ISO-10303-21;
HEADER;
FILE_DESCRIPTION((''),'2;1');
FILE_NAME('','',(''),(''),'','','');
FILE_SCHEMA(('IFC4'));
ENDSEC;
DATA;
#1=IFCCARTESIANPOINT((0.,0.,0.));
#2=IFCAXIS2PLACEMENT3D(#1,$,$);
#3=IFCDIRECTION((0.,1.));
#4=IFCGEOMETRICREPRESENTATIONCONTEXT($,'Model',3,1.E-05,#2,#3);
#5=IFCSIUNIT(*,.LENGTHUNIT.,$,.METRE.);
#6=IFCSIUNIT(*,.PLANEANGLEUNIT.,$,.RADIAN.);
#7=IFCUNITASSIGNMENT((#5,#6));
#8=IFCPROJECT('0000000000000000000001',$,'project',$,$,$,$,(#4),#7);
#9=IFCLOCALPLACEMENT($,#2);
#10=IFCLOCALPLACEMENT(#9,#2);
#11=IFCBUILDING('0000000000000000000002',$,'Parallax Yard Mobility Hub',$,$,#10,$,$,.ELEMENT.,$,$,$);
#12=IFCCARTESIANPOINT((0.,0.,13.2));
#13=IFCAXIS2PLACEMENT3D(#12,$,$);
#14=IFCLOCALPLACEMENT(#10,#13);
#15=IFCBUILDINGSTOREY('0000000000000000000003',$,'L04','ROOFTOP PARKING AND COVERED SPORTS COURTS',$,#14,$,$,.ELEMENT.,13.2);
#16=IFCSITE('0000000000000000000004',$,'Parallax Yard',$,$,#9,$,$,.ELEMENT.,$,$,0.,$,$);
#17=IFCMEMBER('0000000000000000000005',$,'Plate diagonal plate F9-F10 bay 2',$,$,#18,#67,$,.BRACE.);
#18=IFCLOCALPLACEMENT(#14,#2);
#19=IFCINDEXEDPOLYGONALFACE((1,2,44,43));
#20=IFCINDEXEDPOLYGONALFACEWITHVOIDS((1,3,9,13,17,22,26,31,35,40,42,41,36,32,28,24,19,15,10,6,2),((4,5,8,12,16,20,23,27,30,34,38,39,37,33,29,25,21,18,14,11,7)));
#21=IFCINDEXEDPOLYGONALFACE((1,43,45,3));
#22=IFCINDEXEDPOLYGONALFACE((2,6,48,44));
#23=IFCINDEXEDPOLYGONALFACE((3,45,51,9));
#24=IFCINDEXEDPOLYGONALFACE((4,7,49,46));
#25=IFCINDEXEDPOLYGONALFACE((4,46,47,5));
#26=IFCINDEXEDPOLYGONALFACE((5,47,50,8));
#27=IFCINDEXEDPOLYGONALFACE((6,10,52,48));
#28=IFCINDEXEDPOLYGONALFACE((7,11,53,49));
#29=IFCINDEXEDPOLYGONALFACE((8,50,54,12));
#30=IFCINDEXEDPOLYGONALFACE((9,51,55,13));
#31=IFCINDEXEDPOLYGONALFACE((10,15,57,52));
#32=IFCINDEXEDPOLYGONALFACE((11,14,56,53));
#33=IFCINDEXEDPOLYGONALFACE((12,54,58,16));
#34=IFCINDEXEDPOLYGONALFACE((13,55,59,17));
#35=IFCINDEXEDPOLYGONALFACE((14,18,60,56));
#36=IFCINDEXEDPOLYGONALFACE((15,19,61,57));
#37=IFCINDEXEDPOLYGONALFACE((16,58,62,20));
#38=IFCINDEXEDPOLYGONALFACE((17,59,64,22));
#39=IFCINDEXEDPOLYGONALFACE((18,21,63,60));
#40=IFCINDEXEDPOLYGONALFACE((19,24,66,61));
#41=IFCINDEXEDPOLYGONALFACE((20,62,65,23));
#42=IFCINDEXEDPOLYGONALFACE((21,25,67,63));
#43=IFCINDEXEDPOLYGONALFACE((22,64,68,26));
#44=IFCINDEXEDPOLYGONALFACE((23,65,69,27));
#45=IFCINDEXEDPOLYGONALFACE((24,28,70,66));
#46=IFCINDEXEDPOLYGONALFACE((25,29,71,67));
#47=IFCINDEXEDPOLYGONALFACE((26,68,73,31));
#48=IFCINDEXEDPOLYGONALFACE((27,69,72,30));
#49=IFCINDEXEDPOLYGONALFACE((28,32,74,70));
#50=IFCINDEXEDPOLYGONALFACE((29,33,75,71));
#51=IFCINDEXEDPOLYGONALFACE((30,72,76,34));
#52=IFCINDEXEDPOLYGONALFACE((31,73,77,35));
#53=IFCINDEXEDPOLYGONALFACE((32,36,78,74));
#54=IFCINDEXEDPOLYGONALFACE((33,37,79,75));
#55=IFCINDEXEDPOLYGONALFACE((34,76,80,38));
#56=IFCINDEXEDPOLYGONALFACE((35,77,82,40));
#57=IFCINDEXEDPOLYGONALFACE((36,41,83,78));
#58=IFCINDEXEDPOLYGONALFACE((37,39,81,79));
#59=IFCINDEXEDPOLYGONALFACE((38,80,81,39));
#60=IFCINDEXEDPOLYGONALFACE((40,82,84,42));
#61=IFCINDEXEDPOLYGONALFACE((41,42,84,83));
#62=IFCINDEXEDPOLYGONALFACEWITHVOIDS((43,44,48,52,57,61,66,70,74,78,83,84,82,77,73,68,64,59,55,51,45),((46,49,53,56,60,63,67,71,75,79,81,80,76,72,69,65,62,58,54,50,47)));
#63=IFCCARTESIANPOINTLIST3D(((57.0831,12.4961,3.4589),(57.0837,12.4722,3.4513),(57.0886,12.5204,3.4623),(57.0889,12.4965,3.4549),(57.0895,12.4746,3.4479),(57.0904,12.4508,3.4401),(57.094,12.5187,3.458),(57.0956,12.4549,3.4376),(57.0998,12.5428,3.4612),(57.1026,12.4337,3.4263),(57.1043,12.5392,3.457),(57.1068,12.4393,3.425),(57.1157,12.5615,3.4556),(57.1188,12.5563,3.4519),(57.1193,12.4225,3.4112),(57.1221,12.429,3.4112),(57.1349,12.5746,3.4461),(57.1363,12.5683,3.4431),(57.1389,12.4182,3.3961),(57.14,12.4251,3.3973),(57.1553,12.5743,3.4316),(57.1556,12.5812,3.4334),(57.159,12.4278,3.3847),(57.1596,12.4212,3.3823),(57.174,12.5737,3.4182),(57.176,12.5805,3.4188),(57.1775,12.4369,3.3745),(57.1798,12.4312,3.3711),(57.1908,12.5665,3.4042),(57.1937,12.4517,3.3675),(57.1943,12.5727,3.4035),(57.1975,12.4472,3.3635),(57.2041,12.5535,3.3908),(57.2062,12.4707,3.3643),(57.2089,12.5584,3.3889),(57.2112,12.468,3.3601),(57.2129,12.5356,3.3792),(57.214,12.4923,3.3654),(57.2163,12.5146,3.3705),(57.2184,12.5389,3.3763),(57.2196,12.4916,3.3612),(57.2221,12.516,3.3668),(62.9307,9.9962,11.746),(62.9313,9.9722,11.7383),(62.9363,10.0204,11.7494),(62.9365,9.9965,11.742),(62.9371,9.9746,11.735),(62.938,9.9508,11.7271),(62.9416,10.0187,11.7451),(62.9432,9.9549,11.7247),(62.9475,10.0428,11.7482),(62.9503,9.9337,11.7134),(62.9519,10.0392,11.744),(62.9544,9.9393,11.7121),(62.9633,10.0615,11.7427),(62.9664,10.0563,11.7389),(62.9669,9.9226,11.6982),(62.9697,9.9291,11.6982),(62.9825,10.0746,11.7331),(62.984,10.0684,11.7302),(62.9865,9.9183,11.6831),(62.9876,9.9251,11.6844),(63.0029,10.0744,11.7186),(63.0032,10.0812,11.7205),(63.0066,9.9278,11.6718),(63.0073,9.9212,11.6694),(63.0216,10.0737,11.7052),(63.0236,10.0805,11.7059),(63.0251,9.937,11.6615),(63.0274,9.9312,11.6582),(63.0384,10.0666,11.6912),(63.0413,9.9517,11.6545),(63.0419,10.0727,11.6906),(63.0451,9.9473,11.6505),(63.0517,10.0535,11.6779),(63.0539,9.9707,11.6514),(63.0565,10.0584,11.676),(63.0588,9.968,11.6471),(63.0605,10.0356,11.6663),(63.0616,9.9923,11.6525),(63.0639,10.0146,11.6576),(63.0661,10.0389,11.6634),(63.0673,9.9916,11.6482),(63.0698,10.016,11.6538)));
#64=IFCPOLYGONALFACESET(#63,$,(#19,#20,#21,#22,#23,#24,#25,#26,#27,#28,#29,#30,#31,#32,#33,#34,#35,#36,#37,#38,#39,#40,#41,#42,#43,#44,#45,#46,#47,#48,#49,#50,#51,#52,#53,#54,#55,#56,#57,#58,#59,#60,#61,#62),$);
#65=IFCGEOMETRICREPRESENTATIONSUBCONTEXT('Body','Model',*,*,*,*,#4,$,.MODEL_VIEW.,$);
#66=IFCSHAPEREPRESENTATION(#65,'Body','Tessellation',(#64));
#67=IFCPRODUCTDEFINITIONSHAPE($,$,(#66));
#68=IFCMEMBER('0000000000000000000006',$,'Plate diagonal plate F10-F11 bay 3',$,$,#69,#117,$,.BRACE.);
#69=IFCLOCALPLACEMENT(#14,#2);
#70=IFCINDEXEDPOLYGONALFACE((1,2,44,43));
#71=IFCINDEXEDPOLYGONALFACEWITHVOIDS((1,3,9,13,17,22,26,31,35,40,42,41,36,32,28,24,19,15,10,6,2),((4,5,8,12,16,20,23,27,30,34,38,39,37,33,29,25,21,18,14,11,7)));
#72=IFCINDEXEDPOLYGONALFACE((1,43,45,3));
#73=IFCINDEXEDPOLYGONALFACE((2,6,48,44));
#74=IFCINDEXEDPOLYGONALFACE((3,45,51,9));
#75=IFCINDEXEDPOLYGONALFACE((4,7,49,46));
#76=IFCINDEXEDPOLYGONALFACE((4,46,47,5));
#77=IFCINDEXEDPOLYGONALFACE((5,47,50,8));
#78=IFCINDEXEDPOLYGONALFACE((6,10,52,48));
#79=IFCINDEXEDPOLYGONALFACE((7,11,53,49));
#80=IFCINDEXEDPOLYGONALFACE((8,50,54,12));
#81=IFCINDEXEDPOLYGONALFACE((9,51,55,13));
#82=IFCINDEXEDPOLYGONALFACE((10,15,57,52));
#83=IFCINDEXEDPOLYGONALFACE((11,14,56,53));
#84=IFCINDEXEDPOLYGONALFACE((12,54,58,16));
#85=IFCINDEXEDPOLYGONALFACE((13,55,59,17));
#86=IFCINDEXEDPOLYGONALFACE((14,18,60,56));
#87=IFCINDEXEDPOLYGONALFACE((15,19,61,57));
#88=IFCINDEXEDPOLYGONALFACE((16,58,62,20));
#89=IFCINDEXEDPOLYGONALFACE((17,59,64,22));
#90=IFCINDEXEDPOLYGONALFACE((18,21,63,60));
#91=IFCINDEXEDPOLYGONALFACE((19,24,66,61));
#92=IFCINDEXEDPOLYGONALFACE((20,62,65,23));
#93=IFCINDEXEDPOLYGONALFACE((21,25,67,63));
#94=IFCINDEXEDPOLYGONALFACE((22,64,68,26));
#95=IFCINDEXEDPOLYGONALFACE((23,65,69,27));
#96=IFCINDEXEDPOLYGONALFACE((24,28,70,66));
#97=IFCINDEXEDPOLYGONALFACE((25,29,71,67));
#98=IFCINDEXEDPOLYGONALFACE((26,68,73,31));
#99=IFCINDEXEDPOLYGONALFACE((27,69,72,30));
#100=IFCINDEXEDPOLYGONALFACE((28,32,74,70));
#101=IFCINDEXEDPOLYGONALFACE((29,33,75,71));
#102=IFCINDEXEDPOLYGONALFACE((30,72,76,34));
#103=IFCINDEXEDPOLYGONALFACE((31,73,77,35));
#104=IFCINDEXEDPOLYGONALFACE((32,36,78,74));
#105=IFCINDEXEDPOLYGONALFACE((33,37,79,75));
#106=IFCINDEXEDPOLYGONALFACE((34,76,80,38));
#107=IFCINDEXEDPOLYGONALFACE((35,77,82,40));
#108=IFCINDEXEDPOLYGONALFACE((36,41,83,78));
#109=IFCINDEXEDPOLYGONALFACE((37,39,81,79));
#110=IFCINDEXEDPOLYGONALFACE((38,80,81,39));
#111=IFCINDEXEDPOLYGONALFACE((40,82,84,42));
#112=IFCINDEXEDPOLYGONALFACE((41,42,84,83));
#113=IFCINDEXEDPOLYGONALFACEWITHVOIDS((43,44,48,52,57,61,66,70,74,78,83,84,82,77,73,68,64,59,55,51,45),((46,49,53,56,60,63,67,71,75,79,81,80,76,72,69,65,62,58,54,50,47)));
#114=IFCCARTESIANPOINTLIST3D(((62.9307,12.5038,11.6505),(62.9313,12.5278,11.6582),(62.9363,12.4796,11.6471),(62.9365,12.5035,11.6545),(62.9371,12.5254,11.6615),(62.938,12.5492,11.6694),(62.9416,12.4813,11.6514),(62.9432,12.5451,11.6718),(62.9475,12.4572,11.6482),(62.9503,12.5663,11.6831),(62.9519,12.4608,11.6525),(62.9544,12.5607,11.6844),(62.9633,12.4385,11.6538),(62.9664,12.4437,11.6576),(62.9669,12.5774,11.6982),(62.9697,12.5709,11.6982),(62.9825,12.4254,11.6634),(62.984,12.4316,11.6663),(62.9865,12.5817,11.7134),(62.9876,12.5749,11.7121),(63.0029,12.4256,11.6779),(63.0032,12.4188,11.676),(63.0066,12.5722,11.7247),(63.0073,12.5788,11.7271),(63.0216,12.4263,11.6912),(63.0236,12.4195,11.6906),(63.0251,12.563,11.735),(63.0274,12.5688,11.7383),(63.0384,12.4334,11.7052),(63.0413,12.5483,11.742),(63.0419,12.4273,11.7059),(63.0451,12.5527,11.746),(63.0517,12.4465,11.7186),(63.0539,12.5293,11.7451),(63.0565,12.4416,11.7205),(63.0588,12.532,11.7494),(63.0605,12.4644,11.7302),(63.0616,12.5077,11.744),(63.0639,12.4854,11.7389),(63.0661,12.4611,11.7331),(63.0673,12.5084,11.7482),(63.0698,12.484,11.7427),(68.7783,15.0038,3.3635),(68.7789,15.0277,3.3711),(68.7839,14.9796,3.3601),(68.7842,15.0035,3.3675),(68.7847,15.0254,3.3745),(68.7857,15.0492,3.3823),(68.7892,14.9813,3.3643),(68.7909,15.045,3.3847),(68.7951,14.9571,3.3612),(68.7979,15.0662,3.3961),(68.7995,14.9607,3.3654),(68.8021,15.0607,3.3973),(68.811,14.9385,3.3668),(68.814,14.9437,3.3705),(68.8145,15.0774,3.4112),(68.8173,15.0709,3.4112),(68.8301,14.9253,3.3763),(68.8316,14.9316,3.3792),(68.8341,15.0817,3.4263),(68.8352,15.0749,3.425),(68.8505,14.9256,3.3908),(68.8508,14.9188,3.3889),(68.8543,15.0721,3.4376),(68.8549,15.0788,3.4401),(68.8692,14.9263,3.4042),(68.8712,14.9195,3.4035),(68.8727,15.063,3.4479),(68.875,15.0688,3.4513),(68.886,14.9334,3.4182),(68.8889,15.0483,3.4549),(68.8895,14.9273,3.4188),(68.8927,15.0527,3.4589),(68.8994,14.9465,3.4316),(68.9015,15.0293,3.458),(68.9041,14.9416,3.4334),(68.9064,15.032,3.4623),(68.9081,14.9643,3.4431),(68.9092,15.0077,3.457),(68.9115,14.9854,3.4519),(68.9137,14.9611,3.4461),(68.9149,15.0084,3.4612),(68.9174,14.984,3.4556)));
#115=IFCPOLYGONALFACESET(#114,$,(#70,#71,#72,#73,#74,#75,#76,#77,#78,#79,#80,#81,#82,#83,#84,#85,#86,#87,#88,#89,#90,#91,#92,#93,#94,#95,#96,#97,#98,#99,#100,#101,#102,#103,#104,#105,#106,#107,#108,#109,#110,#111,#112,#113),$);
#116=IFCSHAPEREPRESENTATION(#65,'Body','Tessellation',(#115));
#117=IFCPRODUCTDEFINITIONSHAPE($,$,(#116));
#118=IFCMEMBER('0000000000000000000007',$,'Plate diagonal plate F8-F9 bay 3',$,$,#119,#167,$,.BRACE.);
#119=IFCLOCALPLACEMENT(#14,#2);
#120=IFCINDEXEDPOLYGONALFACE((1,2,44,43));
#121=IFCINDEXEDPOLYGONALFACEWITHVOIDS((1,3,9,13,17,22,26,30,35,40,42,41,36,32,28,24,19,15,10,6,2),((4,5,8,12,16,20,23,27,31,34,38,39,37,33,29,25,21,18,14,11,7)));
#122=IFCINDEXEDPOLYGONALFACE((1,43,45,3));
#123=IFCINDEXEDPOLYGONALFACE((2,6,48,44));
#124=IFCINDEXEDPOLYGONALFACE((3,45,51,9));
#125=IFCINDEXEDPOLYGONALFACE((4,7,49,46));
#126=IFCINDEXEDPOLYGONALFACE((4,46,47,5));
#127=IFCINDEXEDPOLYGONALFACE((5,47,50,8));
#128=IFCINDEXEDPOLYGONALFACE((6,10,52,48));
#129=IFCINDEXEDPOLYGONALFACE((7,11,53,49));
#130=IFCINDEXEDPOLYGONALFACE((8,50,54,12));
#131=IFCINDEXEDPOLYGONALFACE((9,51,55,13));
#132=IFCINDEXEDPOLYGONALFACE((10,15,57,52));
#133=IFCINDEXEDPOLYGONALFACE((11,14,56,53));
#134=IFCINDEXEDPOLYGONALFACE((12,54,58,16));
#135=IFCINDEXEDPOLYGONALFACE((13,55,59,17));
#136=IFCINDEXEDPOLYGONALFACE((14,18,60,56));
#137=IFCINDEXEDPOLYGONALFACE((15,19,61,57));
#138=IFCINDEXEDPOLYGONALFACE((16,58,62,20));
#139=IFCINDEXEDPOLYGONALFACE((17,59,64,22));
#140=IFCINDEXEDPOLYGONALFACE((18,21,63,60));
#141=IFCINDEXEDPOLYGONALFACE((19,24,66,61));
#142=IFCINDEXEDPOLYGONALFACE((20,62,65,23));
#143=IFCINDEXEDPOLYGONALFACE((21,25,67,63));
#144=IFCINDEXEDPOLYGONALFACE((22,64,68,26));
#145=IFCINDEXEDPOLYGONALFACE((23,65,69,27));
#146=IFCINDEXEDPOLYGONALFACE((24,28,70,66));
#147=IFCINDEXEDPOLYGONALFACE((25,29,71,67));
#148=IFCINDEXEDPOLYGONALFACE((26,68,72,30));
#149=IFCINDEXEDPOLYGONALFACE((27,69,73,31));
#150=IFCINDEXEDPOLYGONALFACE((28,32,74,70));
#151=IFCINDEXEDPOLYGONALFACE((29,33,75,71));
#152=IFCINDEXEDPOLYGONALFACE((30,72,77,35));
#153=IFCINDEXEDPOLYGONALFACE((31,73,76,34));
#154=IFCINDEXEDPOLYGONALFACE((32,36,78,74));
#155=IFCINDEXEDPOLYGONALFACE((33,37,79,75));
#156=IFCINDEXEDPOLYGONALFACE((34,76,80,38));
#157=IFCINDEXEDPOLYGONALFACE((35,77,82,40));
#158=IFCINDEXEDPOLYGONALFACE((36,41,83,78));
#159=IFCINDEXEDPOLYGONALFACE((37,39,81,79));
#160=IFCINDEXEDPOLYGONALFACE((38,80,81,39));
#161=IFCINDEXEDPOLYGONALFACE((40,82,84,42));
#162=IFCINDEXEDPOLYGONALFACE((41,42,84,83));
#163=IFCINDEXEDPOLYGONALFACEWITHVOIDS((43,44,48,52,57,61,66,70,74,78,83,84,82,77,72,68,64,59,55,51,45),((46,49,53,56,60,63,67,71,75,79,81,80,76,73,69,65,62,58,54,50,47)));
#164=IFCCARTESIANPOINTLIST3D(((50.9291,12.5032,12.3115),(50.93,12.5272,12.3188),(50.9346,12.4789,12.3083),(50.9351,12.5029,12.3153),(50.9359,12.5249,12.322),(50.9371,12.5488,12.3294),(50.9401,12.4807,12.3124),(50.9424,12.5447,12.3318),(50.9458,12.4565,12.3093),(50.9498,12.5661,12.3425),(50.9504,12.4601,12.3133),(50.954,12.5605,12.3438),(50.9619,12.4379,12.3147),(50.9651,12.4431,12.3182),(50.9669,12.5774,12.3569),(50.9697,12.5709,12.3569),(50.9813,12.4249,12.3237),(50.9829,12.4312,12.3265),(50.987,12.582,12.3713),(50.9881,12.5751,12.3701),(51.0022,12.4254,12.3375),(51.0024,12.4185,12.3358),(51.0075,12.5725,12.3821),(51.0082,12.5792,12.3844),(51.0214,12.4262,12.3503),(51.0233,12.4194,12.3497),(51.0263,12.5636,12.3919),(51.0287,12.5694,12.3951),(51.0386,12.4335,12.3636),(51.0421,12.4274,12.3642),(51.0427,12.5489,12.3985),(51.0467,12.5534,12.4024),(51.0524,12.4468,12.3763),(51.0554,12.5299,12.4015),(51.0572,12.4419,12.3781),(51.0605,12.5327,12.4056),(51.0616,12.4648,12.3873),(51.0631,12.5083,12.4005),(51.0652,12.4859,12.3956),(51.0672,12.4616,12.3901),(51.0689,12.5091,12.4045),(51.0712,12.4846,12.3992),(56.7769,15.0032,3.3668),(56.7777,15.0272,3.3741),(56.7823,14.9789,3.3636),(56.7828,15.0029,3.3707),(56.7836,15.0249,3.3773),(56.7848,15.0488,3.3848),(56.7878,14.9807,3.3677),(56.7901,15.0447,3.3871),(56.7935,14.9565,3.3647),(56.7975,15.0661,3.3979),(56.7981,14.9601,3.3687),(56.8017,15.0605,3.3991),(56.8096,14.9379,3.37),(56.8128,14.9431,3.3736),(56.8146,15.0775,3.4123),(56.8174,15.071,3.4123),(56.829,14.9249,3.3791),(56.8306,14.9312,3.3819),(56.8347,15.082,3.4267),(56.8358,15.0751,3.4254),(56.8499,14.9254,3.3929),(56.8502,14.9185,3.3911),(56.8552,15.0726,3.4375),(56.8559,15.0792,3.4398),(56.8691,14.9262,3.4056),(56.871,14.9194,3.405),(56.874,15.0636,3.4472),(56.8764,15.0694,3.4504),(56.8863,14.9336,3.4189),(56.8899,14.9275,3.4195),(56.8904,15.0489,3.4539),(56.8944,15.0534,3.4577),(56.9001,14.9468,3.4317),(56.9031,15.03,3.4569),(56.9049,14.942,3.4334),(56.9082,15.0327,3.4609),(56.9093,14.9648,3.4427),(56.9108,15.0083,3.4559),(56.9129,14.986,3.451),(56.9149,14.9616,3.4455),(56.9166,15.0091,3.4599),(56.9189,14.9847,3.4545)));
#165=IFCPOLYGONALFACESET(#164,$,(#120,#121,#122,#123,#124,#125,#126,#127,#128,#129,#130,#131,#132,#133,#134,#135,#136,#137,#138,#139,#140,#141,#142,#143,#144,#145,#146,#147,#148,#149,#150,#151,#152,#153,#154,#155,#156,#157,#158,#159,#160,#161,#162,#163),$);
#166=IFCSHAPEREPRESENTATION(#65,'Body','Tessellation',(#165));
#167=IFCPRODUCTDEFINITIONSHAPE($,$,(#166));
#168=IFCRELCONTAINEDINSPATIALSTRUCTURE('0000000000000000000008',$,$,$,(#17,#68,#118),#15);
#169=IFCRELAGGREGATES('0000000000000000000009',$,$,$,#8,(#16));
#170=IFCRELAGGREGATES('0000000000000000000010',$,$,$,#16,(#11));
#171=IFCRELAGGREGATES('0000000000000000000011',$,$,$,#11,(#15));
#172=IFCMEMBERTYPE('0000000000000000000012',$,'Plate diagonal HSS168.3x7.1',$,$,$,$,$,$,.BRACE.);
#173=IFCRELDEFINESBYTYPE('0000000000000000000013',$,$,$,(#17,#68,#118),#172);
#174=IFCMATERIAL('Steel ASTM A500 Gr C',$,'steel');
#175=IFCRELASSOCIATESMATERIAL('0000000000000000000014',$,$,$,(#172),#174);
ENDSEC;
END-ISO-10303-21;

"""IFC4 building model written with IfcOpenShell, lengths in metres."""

from ifc_helpers import new_model, si_unit, direction, frame, origin, origin_2d, place, context, subcontext, project, spatial, hollow_circle, extrude, material, material_profile, profile_set, type_object, element, save


model = new_model("IFC4")

# Units and contexts
model_context = context("Model", 3, precision=1e-05, world=origin(), true_north=direction((0.0, 1.0)))
body_context = subcontext(model_context, "Body", "Model", "MODEL_VIEW")
ifc_project = project(units=[si_unit("LENGTHUNIT", "METRE"), si_unit("PLANEANGLEUNIT", "RADIAN")], contexts=[model_context])

# Site, building, storey
site_placement = place(None, origin())
site = spatial("IfcSite", under=ifc_project, at=site_placement, Name="Parallax Yard", CompositionType="ELEMENT", RefElevation=0.0)
building_placement = place(site_placement, origin())
building = spatial("IfcBuilding", under=site, at=building_placement, Name="Parallax Yard Mobility Hub", CompositionType="ELEMENT")
storey_placement = place(building_placement, frame((0.0, 0.0, 13.2)))
storey = spatial("IfcBuildingStorey", under=building, at=storey_placement, Name="L04", Description="ROOFTOP PARKING AND COVERED SPORTS COURTS", CompositionType="ELEMENT", Elevation=13.2)

# Members
ifc_material_1 = material(Name="Steel ASTM A500 Gr C", Category="steel")
ifc_material_profile_1 = material_profile(ifc_material_1, hollow_circle(Radius=0.0842, WallThickness=0.0071, at=origin_2d()), Name="HSS168.3x7.1")
ifc_profile_set_1 = profile_set([ifc_material_profile_1], Name="Steel ASTM A500 Gr C")
member_type_1 = type_object("IfcMemberType", Name="Plate diagonal HSS168.3x7.1", PredefinedType="BRACE", material=ifc_profile_set_1)
for number, where, z_axis, x_axis, name in (
    (1, (63.0, 10.0, 11.6982), (-0.559793, 0.239323, -0.79332), (-0.393104, -0.919494, 0.0), "Plate diagonal plate F9-F10 bay 2"),
    (2, (63.0, 12.5, 11.6982), (0.559793, 0.239323, -0.79332), (-0.393104, 0.919494, 0.0), "Plate diagonal plate F10-F11 bay 3"),
):
    element("IfcMember", number, at=place(storey_placement, frame(where, z_axis=z_axis, x_axis=x_axis)), inside=storey, type_object=member_type_1, Name=name, PredefinedType="BRACE", context=body_context, shape_type="SweptSolid", body=[
        extrude(hollow_circle(Radius=0.0842, WallThickness=0.0071, at=origin_2d()), origin(), (0.0, 0.0, 1.0), 10.446),
    ])
member_1_placement = place(storey_placement, frame((51.0, 12.5, 12.3569), z_axis=(0.532816, 0.22779, -0.814996), x_axis=(-0.393104, 0.919494, 0.0)))
element("IfcMember", 3, at=member_1_placement, inside=storey, type_object=member_type_1, Name="Plate diagonal plate F8-F9 bay 3", PredefinedType="BRACE", context=body_context, shape_type="SweptSolid", body=[
    extrude(hollow_circle(Radius=0.0842, WallThickness=0.0071, at=origin_2d()), origin(), (0.0, 0.0, 1.0), 10.9751),
])

save(model, "model.ifc")
